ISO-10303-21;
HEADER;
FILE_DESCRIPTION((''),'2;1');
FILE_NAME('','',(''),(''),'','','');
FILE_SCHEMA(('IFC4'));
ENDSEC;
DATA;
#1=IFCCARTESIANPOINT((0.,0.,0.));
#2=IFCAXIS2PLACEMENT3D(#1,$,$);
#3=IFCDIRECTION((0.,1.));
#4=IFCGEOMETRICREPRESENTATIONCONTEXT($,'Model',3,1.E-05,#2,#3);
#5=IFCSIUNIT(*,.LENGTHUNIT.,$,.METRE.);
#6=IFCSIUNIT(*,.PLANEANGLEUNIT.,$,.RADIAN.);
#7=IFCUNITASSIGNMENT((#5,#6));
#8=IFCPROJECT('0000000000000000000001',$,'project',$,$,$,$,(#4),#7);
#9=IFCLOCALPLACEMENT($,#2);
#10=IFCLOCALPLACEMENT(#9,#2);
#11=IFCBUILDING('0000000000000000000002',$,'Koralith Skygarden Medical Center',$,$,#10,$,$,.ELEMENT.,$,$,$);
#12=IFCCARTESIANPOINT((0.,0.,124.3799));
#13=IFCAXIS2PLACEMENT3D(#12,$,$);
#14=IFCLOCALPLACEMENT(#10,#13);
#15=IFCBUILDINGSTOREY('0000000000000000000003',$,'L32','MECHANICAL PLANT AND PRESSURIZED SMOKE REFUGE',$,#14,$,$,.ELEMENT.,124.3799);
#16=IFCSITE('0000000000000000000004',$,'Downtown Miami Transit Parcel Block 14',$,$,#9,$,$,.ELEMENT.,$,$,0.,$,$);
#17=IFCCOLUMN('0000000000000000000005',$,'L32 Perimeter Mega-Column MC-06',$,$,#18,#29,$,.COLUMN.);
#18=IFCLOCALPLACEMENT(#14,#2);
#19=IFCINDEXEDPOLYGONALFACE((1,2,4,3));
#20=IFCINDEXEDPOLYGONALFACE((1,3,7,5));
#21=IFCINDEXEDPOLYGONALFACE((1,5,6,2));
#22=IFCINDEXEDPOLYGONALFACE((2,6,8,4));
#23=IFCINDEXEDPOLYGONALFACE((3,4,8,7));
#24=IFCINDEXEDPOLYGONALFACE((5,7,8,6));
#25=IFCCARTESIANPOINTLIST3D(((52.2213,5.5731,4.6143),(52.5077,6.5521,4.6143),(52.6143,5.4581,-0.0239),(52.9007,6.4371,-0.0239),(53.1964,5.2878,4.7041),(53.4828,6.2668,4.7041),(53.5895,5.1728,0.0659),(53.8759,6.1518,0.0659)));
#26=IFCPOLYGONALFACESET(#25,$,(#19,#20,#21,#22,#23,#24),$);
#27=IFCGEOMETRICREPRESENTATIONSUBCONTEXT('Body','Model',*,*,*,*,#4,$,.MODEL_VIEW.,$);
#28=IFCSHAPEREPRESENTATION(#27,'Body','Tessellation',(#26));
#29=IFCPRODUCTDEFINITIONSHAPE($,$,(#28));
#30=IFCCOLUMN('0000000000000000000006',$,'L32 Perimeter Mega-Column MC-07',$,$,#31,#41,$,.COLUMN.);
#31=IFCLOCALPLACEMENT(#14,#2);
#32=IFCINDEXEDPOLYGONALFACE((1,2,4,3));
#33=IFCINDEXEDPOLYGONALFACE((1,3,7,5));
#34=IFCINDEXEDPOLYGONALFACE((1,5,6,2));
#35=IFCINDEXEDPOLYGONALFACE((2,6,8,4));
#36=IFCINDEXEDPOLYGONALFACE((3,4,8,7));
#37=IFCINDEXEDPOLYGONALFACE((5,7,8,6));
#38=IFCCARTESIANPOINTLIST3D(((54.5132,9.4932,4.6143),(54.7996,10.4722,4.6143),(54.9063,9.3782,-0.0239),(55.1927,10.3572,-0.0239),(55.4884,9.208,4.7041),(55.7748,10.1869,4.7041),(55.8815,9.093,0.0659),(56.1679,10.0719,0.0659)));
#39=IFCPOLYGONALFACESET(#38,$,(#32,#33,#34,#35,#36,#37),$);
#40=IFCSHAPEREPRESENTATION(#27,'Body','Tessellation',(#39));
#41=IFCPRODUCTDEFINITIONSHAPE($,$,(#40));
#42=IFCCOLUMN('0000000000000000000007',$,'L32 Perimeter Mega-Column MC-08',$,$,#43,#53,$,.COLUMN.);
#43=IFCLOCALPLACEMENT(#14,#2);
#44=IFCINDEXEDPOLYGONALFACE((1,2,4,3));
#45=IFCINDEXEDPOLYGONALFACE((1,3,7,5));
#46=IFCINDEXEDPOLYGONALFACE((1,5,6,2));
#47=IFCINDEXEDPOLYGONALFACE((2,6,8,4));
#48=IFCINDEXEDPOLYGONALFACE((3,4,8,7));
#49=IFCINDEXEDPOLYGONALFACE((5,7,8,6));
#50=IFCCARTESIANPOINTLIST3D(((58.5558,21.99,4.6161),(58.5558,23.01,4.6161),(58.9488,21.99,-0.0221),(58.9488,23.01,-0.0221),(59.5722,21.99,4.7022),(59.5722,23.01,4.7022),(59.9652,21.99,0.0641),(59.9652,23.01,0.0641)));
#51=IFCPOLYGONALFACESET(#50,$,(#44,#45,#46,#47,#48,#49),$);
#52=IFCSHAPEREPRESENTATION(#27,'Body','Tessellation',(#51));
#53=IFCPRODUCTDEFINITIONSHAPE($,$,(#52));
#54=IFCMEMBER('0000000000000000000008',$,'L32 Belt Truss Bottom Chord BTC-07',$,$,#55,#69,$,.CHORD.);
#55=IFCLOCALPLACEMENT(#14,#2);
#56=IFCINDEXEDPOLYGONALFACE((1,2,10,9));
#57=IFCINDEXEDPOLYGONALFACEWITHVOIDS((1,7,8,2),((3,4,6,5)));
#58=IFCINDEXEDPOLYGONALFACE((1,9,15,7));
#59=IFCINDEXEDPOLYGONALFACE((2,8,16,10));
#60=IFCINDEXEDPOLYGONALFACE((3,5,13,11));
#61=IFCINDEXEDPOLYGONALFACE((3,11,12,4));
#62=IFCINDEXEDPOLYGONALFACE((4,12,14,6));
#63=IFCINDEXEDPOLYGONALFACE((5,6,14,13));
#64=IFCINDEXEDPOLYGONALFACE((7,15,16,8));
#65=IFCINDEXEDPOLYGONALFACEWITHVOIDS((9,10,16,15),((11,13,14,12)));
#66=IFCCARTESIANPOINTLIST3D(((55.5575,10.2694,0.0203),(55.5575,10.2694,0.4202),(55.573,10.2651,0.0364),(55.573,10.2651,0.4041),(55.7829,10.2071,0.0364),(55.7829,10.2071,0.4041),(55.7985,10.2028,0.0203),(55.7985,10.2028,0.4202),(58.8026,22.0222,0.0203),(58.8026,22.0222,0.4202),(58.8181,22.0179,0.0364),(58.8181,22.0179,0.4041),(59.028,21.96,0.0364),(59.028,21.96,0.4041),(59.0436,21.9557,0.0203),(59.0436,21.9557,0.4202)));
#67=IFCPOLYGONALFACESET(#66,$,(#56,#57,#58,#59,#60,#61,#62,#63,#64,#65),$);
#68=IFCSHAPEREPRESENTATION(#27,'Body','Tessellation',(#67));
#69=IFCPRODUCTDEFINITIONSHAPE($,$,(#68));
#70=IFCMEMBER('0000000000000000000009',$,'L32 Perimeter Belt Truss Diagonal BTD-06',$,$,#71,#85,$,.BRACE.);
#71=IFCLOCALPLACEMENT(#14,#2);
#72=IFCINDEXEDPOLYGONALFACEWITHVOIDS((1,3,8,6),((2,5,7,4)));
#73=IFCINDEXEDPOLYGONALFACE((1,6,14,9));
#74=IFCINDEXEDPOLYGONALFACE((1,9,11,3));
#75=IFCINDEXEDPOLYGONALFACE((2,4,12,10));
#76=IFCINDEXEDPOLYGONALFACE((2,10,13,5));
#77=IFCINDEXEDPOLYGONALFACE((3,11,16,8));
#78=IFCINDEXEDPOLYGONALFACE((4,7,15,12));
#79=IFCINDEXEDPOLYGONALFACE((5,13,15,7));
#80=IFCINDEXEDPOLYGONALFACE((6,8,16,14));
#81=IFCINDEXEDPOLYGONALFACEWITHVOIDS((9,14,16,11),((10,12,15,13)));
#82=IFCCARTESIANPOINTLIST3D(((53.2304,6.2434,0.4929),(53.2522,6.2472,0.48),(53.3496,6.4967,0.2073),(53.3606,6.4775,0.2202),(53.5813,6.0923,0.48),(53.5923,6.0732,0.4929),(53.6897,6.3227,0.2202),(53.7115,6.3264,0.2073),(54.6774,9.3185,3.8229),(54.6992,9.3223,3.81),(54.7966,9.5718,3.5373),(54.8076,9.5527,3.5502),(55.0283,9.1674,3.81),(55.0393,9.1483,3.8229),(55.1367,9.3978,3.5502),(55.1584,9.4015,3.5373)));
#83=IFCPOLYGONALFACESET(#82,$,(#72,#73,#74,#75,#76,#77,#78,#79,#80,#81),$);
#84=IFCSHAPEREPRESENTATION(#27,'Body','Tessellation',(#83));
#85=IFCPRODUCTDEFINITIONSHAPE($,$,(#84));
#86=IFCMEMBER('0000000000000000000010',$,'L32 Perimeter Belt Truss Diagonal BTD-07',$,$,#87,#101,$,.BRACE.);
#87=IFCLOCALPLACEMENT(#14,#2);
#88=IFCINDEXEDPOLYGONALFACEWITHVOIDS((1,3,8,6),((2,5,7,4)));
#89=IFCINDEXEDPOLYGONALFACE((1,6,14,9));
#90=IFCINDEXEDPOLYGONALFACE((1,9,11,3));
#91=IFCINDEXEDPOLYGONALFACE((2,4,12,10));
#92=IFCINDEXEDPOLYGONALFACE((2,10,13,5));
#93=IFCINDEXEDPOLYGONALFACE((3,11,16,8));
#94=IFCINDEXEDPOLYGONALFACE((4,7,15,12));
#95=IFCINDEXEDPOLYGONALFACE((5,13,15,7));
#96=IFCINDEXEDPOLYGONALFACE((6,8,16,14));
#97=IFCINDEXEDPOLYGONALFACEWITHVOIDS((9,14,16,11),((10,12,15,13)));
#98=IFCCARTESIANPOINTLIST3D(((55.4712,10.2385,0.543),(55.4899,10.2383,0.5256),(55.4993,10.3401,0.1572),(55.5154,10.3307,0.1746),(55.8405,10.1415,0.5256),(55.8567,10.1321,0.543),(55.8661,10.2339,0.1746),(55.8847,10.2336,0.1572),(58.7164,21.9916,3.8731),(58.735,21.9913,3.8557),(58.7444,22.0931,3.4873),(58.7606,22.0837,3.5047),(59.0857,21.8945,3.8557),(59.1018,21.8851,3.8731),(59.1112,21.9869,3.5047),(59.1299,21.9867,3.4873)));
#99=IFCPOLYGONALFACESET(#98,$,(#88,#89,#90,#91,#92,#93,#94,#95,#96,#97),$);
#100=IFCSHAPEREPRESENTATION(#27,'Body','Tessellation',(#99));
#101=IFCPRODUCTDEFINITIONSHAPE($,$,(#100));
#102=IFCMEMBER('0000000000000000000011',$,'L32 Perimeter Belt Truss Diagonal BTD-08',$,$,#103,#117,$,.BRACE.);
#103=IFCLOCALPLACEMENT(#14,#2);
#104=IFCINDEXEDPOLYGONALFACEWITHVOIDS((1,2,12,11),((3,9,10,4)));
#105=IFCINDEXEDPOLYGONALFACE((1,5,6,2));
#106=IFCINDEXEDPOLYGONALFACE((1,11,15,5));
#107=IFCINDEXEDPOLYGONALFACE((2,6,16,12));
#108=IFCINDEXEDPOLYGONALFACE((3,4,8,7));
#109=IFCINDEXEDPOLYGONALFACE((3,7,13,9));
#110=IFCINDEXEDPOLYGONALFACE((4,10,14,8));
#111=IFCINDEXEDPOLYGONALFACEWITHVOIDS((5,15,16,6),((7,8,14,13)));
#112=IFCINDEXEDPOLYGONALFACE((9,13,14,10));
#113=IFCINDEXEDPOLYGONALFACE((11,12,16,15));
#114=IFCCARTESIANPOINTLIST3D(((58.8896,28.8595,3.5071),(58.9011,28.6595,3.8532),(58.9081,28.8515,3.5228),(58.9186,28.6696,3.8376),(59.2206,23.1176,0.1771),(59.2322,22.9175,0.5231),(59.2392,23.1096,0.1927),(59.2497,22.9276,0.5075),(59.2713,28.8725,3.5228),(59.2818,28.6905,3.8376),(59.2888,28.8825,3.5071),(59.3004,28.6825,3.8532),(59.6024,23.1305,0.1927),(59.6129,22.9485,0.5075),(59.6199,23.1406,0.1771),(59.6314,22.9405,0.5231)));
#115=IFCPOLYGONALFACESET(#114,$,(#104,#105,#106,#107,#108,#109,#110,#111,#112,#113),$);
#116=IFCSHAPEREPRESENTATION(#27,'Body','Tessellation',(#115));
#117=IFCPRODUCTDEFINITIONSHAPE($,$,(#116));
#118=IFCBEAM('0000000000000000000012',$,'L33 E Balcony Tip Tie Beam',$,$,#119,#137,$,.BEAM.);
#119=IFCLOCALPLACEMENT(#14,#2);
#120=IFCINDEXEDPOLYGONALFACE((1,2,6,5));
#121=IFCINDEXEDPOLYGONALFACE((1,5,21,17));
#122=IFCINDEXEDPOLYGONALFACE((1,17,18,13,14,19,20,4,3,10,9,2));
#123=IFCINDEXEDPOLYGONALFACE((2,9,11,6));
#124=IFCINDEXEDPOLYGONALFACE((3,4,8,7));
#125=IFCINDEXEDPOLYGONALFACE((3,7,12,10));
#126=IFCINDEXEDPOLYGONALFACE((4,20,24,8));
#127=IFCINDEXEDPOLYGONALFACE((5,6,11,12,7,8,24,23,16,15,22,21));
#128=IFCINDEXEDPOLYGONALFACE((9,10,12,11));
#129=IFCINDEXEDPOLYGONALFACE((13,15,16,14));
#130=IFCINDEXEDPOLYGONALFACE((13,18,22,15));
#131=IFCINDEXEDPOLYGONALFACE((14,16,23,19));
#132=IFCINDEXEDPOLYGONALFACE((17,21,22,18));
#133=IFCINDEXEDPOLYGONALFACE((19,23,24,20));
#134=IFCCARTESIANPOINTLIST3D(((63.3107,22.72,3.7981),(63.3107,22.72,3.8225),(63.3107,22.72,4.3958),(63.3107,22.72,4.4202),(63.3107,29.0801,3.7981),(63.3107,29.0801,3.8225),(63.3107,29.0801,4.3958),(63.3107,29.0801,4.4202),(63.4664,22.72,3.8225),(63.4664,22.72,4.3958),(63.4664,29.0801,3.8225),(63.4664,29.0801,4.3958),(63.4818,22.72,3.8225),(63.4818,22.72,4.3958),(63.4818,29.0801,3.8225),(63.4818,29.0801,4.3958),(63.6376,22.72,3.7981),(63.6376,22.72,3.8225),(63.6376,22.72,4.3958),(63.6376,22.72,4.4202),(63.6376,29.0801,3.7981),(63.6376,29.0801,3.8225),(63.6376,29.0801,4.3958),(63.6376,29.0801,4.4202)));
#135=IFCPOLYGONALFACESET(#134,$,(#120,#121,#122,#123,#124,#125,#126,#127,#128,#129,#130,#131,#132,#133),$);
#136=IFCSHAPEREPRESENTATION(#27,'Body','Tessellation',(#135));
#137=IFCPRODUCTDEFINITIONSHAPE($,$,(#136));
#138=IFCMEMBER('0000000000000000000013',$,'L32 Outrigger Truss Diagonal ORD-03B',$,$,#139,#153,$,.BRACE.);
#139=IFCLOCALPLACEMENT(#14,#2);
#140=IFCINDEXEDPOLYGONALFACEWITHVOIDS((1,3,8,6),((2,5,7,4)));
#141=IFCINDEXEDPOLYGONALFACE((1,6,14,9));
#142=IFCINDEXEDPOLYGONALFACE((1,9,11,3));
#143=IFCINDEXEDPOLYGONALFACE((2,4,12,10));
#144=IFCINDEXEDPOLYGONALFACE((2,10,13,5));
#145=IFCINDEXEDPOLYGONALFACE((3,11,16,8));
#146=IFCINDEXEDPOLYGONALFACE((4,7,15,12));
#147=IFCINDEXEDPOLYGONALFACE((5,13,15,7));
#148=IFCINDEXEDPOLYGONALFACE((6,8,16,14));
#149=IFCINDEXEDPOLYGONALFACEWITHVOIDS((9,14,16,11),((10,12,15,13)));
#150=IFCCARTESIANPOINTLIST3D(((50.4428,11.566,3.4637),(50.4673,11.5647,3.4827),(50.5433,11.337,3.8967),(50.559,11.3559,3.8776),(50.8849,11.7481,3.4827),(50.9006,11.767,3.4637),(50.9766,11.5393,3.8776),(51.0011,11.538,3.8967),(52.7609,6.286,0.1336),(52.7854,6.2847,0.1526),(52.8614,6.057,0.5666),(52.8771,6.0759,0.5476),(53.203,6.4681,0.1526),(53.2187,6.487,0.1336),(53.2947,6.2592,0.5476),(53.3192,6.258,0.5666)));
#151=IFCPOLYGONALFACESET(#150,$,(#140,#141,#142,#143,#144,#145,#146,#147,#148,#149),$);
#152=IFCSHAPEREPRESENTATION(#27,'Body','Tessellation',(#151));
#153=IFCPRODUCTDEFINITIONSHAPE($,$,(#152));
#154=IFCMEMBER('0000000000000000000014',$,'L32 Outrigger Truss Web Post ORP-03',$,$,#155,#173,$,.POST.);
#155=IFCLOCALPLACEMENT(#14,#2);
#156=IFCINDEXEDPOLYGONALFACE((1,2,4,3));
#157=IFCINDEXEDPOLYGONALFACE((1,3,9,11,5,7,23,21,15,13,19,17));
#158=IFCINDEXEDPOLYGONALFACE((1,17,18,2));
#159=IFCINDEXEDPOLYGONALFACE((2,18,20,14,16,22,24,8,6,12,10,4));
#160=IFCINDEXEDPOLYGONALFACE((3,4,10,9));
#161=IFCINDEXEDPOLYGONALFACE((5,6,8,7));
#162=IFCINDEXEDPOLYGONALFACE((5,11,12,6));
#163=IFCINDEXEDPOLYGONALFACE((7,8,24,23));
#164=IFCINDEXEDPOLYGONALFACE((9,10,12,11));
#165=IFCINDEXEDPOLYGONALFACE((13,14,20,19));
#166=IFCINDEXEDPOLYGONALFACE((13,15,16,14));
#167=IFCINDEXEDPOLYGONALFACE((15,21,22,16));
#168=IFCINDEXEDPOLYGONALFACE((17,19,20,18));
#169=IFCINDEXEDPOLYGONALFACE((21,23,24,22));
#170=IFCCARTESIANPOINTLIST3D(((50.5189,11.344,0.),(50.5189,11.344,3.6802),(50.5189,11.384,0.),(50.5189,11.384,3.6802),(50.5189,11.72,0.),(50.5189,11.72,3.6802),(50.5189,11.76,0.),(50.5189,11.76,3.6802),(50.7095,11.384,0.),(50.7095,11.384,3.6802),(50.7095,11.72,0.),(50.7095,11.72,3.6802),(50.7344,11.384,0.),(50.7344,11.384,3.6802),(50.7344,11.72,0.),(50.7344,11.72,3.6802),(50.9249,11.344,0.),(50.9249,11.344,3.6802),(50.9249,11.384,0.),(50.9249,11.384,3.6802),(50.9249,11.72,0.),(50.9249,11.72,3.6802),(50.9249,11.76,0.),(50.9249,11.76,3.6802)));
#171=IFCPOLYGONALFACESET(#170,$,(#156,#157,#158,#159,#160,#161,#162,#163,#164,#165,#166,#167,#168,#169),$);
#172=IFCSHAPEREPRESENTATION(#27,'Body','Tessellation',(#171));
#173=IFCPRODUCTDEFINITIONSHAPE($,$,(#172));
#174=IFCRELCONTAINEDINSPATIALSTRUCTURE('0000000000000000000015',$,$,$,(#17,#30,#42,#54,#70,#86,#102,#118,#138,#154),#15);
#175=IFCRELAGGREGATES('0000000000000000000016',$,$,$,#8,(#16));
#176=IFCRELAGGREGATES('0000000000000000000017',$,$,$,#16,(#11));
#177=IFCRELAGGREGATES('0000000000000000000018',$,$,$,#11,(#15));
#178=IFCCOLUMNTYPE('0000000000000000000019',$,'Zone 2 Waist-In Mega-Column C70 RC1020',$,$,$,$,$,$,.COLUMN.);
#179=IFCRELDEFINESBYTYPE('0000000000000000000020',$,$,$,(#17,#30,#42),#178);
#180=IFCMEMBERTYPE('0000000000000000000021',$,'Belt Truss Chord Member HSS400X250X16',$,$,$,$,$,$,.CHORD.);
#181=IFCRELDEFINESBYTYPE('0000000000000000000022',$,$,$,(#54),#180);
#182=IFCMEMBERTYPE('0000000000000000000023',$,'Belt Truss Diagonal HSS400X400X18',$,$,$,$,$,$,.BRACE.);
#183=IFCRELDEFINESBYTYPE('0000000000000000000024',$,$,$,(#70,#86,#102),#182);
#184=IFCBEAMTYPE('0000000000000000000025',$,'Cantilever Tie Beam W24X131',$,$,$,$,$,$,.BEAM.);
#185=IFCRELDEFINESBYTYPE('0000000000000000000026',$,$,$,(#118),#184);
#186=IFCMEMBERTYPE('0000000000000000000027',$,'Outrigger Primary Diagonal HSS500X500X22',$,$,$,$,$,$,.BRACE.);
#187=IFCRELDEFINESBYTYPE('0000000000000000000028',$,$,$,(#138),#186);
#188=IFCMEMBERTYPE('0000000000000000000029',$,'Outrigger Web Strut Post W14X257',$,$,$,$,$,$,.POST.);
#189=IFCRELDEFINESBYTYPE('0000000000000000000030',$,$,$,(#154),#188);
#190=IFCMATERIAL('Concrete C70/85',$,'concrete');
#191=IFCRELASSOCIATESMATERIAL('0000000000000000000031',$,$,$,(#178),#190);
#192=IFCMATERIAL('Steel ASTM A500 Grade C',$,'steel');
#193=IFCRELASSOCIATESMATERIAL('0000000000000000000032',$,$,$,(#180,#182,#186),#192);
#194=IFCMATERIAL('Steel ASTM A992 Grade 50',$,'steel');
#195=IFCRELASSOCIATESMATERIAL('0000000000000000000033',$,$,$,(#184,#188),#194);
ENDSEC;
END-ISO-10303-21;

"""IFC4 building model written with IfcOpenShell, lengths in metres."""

from ifc_helpers import new_model, si_unit, direction, frame, origin, origin_2d, place, context, subcontext, project, spatial, rectangle, hollow_rectangle, i_section, extrude, material, material_profile, profile_set, type_object, element, save


model = new_model("IFC4")

# Units and contexts
model_context = context("Model", 3, precision=1e-05, world=origin(), true_north=direction((0.0, 1.0)))
body_context = subcontext(model_context, "Body", "Model", "MODEL_VIEW")
ifc_project = project(units=[si_unit("LENGTHUNIT", "METRE"), si_unit("PLANEANGLEUNIT", "RADIAN")], contexts=[model_context])

# Site, building, storey
site_placement = place(None, origin())
site = spatial("IfcSite", under=ifc_project, at=site_placement, Name="Downtown Miami Transit Parcel Block 14", CompositionType="ELEMENT", RefElevation=0.0)
building_placement = place(site_placement, origin())
building = spatial("IfcBuilding", under=site, at=building_placement, Name="Koralith Skygarden Medical Center", CompositionType="ELEMENT")
storey_placement = place(building_placement, frame((0.0, 0.0, 124.3799)))
storey = spatial("IfcBuildingStorey", under=building, at=storey_placement, Name="L32", Description="MECHANICAL PLANT AND PRESSURIZED SMOKE REFUGE", CompositionType="ELEMENT", Elevation=124.3799)

# Columns
ifc_material_1 = material(Name="Concrete C70/85", Category="concrete")
ifc_material_profile_1 = material_profile(ifc_material_1, rectangle(XDim=1.02, YDim=1.02, at=origin_2d()), Name="RC1020X1020")
ifc_profile_set_1 = profile_set([ifc_material_profile_1], Name="Concrete C70/85")
column_type = type_object("IfcColumnType", Name="Zone 2 Waist-In Mega-Column C70 RC1020", PredefinedType="COLUMN", material=ifc_profile_set_1)
for number, where, z_axis, x_axis, name in (
    (1, (53.2451, 5.8049, 0.021), (-0.084417, 0.024696, 0.996124), (-0.280778, -0.959773, 0.0), "L32 Perimeter Mega-Column MC-06"),
    (2, (55.5371, 9.7251, 0.021), (-0.084417, 0.024696, 0.996124), (-0.280778, -0.959773, 0.0), "L32 Perimeter Mega-Column MC-07"),
):
    element("IfcColumn", number, at=place(storey_placement, frame(where, z_axis=z_axis, x_axis=x_axis)), inside=storey, type_object=column_type, Name=name, PredefinedType="COLUMN", context=body_context, shape_type="SweptSolid", body=[
        extrude(rectangle(XDim=1.02, YDim=1.02, at=origin_2d()), origin(), (0.0, 0.0, 1.0), 4.6562),
    ])
column_placement = place(storey_placement, frame((59.457, 22.5, 0.021), z_axis=(-0.084443, 0.0, 0.996428), x_axis=(0.0, -1.0, 0.0)))
element("IfcColumn", 3, at=column_placement, inside=storey, type_object=column_type, Name="L32 Perimeter Mega-Column MC-08", PredefinedType="COLUMN", context=body_context, shape_type="SweptSolid", body=[
    extrude(rectangle(XDim=1.02, YDim=1.02, at=origin_2d()), origin(), (0.0, 0.0, 1.0), 4.6548),
])

# Members
ifc_material_2 = material(Name="Steel ASTM A500 Grade C", Category="steel")
ifc_material_profile_2 = material_profile(ifc_material_2, hollow_rectangle(XDim=0.25, YDim=0.3999, WallThickness=0.0161, at=origin_2d()), Name="HSS400X250X16")
ifc_profile_set_2 = profile_set([ifc_material_profile_2], Name="Steel ASTM A500 Grade C")
member_type_1 = type_object("IfcMemberType", Name="Belt Truss Chord Member HSS400X250X16", PredefinedType="CHORD", material=ifc_profile_set_2)
member_1_placement = place(storey_placement, frame((55.678, 10.2361, 0.2202), z_axis=(0.266152, 0.963931, 0.0), x_axis=(-0.963931, 0.266152, 0.0)))
element("IfcMember", 4, at=member_1_placement, inside=storey, type_object=member_type_1, Name="L32 Belt Truss Bottom Chord BTC-07", PredefinedType="CHORD", context=body_context, shape_type="SweptSolid", body=[
    extrude(hollow_rectangle(XDim=0.25, YDim=0.3999, WallThickness=0.0161, at=origin_2d()), origin(), (0.0, 0.0, 1.0), 12.1926),
])
ifc_material_profile_3 = material_profile(ifc_material_2, hollow_rectangle(XDim=0.3999, YDim=0.3999, WallThickness=0.0181, at=origin_2d()), Name="HSS400X400X18")
ifc_profile_set_3 = profile_set([ifc_material_profile_3], Name="Steel ASTM A500 Grade C")
member_type_2 = type_object("IfcMemberType", Name="Belt Truss Diagonal HSS400X400X18", PredefinedType="BRACE", material=ifc_profile_set_3)
member_2_placement = place(storey_placement, frame((53.4709, 6.2849, 0.3501), z_axis=(0.304113, 0.646299, 0.699866), x_axis=(-0.904833, 0.425766, 0.0)))
element("IfcMember", 5, at=member_2_placement, inside=storey, type_object=member_type_2, Name="L32 Perimeter Belt Truss Diagonal BTD-06", PredefinedType="BRACE", context=body_context, shape_type="SweptSolid", body=[
    extrude(hollow_rectangle(XDim=0.3999, YDim=0.3999, WallThickness=0.0181, at=origin_2d()), origin(), (0.0, 0.0, 1.0), 4.7581),
])
member_3_placement = place(storey_placement, frame((55.678, 10.2361, 0.3501), z_axis=(0.256748, 0.929873, 0.26347), x_axis=(-0.963931, 0.266152, 0.0)))
element("IfcMember", 6, at=member_3_placement, inside=storey, type_object=member_type_2, Name="L32 Perimeter Belt Truss Diagonal BTD-07", PredefinedType="BRACE", context=body_context, shape_type="SweptSolid", body=[
    extrude(hollow_rectangle(XDim=0.3999, YDim=0.3999, WallThickness=0.0181, at=origin_2d()), origin(), (0.0, 0.0, 1.0), 12.6394),
])
member_4_placement = place(storey_placement, frame((59.426, 23.0291, 0.3501), z_axis=(-0.049813, 0.863974, 0.501067), x_axis=(-0.998342, -0.05756, 0.0)))
element("IfcMember", 7, at=member_4_placement, inside=storey, type_object=member_type_2, Name="L32 Perimeter Belt Truss Diagonal BTD-08", PredefinedType="BRACE", context=body_context, shape_type="SweptSolid", body=[
    extrude(hollow_rectangle(XDim=0.3999, YDim=0.3999, WallThickness=0.0181, at=origin_2d()), origin(), (0.0, 0.0, 1.0), 6.646),
])

# Beam
ifc_material_3 = material(Name="Steel ASTM A992 Grade 50", Category="steel")
ifc_material_profile_4 = material_profile(ifc_material_3, i_section(OverallWidth=0.3269, OverallDepth=0.6221, WebThickness=0.0154, FlangeThickness=0.0244, at=origin_2d()), Name="W24X131")
ifc_profile_set_4 = profile_set([ifc_material_profile_4], Name="Steel ASTM A992 Grade 50")
beam_type_1 = type_object("IfcBeamType", Name="Cantilever Tie Beam W24X131", PredefinedType="BEAM", material=ifc_profile_set_4)
beam_1_placement = place(storey_placement, frame((63.4741, 22.72, 4.1091), z_axis=(0.0, 1.0, 0.0), x_axis=(-1.0, 0.0, 0.0)))
element("IfcBeam", 8, at=beam_1_placement, inside=storey, type_object=beam_type_1, Name="L33 E Balcony Tip Tie Beam", PredefinedType="BEAM", context=body_context, shape_type="SweptSolid", body=[
    extrude(i_section(OverallWidth=0.3269, OverallDepth=0.6221, WebThickness=0.0154, FlangeThickness=0.0244, at=origin_2d()), origin(), (0.0, 0.0, 1.0), 6.3601),
])

# Members
ifc_material_profile_5 = material_profile(ifc_material_2, hollow_rectangle(XDim=0.5, YDim=0.5, WallThickness=0.022, at=origin_2d()), Name="HSS500X500X22")
ifc_profile_set_5 = profile_set([ifc_material_profile_5], Name="Steel ASTM A500 Grade C")
member_type_3 = type_object("IfcMemberType", Name="Outrigger Primary Diagonal HSS500X500X22", PredefinedType="BRACE", material=ifc_profile_set_5)
member_5_placement = place(storey_placement, frame((50.7219, 11.552, 3.6802), z_axis=(0.34812, -0.792921, -0.50009), x_axis=(0.915641, 0.401998, 0.0)))
element("IfcMember", 9, at=member_5_placement, inside=storey, type_object=member_type_3, Name="L32 Outrigger Truss Diagonal ORD-03B", PredefinedType="BRACE", context=body_context, shape_type="SweptSolid", body=[
    extrude(hollow_rectangle(XDim=0.5, YDim=0.5, WallThickness=0.022, at=origin_2d()), origin(), (0.0, 0.0, 1.0), 6.6589),
])
ifc_material_profile_6 = material_profile(ifc_material_3, i_section(OverallWidth=0.406, OverallDepth=0.416, WebThickness=0.0249, FlangeThickness=0.04, at=origin_2d()), Name="W14X257")
ifc_profile_set_6 = profile_set([ifc_material_profile_6], Name="Steel ASTM A992 Grade 50")
member_type_4 = type_object("IfcMemberType", Name="Outrigger Web Strut Post W14X257", PredefinedType="POST", material=ifc_profile_set_6)
member_6_placement = place(storey_placement, frame((50.7219, 11.552, 0.0), z_axis=(0.0, 0.0, 1.0), x_axis=(1.0, 0.0, 0.0)))
element("IfcMember", 10, at=member_6_placement, inside=storey, type_object=member_type_4, Name="L32 Outrigger Truss Web Post ORP-03", PredefinedType="POST", context=body_context, shape_type="SweptSolid", body=[
    extrude(i_section(OverallWidth=0.406, OverallDepth=0.416, WebThickness=0.0249, FlangeThickness=0.04, at=origin_2d()), origin(), (0.0, 0.0, 1.0), 3.6802),
])

save(model, "model.ifc")
